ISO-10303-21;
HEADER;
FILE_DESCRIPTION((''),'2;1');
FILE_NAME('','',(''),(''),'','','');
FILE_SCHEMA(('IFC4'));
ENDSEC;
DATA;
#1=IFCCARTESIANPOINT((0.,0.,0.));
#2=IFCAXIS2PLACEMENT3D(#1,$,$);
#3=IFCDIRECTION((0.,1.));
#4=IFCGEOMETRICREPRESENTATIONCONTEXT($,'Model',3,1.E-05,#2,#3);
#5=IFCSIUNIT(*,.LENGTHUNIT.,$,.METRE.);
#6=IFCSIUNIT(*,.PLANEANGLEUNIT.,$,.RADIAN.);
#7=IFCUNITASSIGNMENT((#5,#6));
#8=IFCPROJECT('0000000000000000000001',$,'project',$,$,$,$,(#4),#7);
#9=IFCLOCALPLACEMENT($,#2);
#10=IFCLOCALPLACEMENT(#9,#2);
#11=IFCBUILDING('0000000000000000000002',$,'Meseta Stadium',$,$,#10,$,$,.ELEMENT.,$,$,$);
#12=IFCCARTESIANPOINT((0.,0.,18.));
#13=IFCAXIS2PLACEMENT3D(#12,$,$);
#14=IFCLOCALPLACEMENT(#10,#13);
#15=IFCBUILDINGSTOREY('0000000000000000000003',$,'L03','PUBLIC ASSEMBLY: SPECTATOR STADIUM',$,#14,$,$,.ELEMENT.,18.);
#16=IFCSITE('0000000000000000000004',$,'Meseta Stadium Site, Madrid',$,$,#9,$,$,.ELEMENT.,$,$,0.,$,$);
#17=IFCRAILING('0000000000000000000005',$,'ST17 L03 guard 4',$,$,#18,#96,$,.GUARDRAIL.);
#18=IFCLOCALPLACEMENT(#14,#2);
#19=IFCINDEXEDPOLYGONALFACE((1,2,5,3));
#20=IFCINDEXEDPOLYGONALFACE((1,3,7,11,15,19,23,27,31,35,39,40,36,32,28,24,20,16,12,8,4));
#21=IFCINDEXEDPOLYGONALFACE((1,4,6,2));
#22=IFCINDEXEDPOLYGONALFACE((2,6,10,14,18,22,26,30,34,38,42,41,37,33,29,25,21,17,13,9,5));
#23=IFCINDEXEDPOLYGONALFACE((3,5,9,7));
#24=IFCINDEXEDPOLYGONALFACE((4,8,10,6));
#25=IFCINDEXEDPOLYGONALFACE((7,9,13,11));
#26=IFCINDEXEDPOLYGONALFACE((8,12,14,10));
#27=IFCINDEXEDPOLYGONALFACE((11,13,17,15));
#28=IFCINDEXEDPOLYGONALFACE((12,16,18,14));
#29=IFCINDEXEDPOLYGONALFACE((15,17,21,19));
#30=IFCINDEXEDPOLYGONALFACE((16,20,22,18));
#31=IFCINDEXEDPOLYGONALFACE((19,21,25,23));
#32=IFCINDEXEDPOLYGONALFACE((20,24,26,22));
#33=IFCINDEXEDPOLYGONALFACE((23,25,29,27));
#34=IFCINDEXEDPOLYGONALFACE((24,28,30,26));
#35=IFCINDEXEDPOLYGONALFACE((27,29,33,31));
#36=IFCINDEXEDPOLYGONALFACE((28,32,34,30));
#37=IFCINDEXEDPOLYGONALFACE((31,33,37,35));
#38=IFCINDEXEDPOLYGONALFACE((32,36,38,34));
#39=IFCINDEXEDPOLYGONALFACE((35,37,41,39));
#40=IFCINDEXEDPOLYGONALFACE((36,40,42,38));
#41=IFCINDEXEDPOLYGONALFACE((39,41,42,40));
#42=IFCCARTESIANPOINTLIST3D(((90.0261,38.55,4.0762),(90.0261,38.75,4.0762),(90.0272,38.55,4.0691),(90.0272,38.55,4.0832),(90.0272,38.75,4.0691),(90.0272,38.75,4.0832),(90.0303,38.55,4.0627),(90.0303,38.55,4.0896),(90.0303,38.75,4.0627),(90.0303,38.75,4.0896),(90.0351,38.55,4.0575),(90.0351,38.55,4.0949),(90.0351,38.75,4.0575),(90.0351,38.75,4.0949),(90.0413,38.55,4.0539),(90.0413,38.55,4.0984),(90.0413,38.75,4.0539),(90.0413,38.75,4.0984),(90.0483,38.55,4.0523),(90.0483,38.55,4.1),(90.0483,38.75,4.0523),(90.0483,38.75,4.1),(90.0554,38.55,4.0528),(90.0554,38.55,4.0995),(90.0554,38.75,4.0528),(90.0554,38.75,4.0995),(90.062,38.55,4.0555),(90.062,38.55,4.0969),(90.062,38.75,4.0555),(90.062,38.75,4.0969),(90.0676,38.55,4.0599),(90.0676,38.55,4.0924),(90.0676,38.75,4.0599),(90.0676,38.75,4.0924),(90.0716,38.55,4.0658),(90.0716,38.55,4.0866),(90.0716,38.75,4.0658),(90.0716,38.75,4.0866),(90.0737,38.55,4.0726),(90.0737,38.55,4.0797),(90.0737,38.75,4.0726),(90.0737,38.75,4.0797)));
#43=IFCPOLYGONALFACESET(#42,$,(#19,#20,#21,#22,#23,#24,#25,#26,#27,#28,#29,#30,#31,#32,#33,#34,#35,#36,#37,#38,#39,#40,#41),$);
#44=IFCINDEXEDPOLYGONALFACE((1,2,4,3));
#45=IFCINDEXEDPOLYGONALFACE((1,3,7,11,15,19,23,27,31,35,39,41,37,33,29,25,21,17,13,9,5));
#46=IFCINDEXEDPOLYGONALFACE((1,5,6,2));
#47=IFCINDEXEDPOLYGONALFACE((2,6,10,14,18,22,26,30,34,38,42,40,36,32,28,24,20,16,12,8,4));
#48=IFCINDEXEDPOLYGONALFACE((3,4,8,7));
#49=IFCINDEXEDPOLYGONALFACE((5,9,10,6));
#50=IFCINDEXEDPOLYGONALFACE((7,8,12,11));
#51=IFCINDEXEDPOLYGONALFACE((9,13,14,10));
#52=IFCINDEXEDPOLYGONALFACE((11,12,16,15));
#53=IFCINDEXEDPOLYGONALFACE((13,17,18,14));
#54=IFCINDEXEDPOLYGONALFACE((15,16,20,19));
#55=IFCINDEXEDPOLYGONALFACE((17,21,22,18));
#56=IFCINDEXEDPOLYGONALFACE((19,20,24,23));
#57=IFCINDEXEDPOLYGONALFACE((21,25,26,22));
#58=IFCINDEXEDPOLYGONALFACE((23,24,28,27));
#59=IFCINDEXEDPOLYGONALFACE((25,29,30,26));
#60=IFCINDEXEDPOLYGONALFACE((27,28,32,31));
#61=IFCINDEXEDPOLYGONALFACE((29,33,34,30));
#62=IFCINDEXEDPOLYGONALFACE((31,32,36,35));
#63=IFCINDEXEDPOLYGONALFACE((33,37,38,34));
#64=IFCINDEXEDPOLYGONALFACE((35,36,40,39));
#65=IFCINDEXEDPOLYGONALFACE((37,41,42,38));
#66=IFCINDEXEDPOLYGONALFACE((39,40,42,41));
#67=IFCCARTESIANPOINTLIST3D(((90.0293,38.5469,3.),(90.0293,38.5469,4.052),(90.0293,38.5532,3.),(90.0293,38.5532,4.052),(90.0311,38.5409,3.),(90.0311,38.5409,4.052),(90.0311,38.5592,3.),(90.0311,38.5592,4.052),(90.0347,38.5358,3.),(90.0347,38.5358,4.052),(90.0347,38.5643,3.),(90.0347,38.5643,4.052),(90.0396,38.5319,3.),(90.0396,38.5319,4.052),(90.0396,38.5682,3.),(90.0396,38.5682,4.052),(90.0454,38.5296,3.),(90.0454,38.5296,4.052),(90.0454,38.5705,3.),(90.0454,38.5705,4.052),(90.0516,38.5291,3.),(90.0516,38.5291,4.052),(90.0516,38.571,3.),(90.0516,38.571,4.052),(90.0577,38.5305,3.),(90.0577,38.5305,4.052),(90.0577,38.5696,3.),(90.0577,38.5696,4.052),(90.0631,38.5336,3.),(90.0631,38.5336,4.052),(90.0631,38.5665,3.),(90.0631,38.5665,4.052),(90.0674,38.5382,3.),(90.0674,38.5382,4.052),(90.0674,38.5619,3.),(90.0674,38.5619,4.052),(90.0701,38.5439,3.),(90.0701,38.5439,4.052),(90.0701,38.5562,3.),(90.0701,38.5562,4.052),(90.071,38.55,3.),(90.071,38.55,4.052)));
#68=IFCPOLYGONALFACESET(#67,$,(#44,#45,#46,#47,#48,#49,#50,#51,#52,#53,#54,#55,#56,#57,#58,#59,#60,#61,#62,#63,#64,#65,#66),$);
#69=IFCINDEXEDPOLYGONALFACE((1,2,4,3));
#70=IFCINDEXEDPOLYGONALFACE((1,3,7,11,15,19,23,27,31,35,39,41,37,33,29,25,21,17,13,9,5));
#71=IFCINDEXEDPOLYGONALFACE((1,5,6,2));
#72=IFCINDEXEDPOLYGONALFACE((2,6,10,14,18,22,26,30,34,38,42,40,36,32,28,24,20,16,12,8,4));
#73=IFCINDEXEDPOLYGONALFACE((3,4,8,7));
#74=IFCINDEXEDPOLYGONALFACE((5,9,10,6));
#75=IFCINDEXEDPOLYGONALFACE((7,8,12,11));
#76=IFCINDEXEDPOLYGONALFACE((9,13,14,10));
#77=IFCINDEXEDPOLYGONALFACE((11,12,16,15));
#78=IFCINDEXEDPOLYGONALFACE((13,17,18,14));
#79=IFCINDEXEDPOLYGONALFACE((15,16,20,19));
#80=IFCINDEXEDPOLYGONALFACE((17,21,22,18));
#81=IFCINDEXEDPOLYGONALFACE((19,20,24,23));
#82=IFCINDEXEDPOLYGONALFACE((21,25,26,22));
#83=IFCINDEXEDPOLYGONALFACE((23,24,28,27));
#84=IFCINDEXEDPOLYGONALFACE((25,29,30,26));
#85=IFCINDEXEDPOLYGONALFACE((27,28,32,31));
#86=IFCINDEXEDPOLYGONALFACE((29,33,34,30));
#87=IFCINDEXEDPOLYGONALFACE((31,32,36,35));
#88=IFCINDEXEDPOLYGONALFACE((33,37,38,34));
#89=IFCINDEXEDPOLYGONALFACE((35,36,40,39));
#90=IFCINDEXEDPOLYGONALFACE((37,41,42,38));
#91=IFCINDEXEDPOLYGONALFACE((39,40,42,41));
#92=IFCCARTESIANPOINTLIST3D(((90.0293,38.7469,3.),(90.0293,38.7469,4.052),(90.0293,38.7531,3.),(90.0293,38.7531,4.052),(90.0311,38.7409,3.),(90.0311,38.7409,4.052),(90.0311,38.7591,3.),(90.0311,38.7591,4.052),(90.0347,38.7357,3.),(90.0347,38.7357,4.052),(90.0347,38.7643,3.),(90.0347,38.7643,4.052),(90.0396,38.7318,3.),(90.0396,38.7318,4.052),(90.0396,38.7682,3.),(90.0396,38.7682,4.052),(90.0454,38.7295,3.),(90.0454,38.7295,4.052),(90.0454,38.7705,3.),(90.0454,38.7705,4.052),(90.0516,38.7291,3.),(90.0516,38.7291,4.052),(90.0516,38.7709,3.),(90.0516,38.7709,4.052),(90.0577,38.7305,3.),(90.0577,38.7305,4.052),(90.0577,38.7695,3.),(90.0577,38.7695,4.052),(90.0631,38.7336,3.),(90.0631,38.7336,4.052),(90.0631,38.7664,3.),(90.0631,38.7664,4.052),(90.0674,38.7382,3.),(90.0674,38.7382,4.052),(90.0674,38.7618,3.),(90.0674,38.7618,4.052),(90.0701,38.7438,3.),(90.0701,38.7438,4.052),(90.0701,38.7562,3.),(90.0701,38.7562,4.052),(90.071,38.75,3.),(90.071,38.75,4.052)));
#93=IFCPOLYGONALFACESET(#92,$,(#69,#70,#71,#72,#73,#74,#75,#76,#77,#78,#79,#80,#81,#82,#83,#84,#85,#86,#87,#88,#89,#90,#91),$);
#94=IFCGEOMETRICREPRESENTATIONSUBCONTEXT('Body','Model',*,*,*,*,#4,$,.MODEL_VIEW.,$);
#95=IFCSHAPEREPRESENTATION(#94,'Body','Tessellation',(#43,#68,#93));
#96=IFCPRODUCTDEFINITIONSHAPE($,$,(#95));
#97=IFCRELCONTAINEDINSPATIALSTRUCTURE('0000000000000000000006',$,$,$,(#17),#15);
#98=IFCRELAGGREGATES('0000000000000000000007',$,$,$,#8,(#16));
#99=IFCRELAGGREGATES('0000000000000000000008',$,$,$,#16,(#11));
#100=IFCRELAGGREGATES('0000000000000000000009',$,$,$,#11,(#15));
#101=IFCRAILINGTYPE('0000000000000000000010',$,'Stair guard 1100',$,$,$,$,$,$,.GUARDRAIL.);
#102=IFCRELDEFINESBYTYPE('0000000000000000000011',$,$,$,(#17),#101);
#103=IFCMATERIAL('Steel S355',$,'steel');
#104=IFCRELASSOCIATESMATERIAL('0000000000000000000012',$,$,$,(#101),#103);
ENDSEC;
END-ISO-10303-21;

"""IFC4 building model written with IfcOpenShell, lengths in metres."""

from ifc_helpers import new_model, si_unit, direction, frame, origin, origin_2d, place, context, subcontext, project, spatial, circle, extrude, material, type_object, element, save


model = new_model("IFC4")

# Units and contexts
model_context = context("Model", 3, precision=1e-05, world=origin(), true_north=direction((0.0, 1.0)))
body_context = subcontext(model_context, "Body", "Model", "MODEL_VIEW")
ifc_project = project(units=[si_unit("LENGTHUNIT", "METRE"), si_unit("PLANEANGLEUNIT", "RADIAN")], contexts=[model_context])

# Site, building, storey
site_placement = place(None, origin())
site = spatial("IfcSite", under=ifc_project, at=site_placement, Name="Meseta Stadium Site, Madrid", CompositionType="ELEMENT", RefElevation=0.0)
building_placement = place(site_placement, origin())
building = spatial("IfcBuilding", under=site, at=building_placement, Name="Meseta Stadium", CompositionType="ELEMENT")
storey_placement = place(building_placement, frame((0.0, 0.0, 18.0)))
storey = spatial("IfcBuildingStorey", under=building, at=storey_placement, Name="L03", Description="PUBLIC ASSEMBLY: SPECTATOR STADIUM", CompositionType="ELEMENT", Elevation=18.0)

# Railing
ifc_material_1 = material(Name="Steel S355", Category="steel")
railing_type_1 = type_object("IfcRailingType", Name="Stair guard 1100", PredefinedType="GUARDRAIL", material=ifc_material_1)
railing_1_placement = place(storey_placement, frame((90.05, 38.55, 3.0)))
element("IfcRailing", 1, at=railing_1_placement, inside=storey, type_object=railing_type_1, Name="ST17 L03 guard 4", PredefinedType="GUARDRAIL", context=body_context, shape_type="SweptSolid", body=[
    extrude(circle(Radius=0.0239, at=origin_2d()), frame((0.0, 0.0, 1.0762), z_axis=(0.0, 1.0, 0.0), x_axis=(-1.0, 0.0, 0.0)), (0.0, 0.0, 1.0), 0.2),
    extrude(circle(Radius=0.021, at=origin_2d()), origin(), (0.0, 0.0, 1.0), 1.052),
    extrude(circle(Radius=0.021, at=origin_2d()), frame((0.0, 0.2, 0.0)), (0.0, 0.0, 1.0), 1.052),
])

save(model, "model.ifc")
